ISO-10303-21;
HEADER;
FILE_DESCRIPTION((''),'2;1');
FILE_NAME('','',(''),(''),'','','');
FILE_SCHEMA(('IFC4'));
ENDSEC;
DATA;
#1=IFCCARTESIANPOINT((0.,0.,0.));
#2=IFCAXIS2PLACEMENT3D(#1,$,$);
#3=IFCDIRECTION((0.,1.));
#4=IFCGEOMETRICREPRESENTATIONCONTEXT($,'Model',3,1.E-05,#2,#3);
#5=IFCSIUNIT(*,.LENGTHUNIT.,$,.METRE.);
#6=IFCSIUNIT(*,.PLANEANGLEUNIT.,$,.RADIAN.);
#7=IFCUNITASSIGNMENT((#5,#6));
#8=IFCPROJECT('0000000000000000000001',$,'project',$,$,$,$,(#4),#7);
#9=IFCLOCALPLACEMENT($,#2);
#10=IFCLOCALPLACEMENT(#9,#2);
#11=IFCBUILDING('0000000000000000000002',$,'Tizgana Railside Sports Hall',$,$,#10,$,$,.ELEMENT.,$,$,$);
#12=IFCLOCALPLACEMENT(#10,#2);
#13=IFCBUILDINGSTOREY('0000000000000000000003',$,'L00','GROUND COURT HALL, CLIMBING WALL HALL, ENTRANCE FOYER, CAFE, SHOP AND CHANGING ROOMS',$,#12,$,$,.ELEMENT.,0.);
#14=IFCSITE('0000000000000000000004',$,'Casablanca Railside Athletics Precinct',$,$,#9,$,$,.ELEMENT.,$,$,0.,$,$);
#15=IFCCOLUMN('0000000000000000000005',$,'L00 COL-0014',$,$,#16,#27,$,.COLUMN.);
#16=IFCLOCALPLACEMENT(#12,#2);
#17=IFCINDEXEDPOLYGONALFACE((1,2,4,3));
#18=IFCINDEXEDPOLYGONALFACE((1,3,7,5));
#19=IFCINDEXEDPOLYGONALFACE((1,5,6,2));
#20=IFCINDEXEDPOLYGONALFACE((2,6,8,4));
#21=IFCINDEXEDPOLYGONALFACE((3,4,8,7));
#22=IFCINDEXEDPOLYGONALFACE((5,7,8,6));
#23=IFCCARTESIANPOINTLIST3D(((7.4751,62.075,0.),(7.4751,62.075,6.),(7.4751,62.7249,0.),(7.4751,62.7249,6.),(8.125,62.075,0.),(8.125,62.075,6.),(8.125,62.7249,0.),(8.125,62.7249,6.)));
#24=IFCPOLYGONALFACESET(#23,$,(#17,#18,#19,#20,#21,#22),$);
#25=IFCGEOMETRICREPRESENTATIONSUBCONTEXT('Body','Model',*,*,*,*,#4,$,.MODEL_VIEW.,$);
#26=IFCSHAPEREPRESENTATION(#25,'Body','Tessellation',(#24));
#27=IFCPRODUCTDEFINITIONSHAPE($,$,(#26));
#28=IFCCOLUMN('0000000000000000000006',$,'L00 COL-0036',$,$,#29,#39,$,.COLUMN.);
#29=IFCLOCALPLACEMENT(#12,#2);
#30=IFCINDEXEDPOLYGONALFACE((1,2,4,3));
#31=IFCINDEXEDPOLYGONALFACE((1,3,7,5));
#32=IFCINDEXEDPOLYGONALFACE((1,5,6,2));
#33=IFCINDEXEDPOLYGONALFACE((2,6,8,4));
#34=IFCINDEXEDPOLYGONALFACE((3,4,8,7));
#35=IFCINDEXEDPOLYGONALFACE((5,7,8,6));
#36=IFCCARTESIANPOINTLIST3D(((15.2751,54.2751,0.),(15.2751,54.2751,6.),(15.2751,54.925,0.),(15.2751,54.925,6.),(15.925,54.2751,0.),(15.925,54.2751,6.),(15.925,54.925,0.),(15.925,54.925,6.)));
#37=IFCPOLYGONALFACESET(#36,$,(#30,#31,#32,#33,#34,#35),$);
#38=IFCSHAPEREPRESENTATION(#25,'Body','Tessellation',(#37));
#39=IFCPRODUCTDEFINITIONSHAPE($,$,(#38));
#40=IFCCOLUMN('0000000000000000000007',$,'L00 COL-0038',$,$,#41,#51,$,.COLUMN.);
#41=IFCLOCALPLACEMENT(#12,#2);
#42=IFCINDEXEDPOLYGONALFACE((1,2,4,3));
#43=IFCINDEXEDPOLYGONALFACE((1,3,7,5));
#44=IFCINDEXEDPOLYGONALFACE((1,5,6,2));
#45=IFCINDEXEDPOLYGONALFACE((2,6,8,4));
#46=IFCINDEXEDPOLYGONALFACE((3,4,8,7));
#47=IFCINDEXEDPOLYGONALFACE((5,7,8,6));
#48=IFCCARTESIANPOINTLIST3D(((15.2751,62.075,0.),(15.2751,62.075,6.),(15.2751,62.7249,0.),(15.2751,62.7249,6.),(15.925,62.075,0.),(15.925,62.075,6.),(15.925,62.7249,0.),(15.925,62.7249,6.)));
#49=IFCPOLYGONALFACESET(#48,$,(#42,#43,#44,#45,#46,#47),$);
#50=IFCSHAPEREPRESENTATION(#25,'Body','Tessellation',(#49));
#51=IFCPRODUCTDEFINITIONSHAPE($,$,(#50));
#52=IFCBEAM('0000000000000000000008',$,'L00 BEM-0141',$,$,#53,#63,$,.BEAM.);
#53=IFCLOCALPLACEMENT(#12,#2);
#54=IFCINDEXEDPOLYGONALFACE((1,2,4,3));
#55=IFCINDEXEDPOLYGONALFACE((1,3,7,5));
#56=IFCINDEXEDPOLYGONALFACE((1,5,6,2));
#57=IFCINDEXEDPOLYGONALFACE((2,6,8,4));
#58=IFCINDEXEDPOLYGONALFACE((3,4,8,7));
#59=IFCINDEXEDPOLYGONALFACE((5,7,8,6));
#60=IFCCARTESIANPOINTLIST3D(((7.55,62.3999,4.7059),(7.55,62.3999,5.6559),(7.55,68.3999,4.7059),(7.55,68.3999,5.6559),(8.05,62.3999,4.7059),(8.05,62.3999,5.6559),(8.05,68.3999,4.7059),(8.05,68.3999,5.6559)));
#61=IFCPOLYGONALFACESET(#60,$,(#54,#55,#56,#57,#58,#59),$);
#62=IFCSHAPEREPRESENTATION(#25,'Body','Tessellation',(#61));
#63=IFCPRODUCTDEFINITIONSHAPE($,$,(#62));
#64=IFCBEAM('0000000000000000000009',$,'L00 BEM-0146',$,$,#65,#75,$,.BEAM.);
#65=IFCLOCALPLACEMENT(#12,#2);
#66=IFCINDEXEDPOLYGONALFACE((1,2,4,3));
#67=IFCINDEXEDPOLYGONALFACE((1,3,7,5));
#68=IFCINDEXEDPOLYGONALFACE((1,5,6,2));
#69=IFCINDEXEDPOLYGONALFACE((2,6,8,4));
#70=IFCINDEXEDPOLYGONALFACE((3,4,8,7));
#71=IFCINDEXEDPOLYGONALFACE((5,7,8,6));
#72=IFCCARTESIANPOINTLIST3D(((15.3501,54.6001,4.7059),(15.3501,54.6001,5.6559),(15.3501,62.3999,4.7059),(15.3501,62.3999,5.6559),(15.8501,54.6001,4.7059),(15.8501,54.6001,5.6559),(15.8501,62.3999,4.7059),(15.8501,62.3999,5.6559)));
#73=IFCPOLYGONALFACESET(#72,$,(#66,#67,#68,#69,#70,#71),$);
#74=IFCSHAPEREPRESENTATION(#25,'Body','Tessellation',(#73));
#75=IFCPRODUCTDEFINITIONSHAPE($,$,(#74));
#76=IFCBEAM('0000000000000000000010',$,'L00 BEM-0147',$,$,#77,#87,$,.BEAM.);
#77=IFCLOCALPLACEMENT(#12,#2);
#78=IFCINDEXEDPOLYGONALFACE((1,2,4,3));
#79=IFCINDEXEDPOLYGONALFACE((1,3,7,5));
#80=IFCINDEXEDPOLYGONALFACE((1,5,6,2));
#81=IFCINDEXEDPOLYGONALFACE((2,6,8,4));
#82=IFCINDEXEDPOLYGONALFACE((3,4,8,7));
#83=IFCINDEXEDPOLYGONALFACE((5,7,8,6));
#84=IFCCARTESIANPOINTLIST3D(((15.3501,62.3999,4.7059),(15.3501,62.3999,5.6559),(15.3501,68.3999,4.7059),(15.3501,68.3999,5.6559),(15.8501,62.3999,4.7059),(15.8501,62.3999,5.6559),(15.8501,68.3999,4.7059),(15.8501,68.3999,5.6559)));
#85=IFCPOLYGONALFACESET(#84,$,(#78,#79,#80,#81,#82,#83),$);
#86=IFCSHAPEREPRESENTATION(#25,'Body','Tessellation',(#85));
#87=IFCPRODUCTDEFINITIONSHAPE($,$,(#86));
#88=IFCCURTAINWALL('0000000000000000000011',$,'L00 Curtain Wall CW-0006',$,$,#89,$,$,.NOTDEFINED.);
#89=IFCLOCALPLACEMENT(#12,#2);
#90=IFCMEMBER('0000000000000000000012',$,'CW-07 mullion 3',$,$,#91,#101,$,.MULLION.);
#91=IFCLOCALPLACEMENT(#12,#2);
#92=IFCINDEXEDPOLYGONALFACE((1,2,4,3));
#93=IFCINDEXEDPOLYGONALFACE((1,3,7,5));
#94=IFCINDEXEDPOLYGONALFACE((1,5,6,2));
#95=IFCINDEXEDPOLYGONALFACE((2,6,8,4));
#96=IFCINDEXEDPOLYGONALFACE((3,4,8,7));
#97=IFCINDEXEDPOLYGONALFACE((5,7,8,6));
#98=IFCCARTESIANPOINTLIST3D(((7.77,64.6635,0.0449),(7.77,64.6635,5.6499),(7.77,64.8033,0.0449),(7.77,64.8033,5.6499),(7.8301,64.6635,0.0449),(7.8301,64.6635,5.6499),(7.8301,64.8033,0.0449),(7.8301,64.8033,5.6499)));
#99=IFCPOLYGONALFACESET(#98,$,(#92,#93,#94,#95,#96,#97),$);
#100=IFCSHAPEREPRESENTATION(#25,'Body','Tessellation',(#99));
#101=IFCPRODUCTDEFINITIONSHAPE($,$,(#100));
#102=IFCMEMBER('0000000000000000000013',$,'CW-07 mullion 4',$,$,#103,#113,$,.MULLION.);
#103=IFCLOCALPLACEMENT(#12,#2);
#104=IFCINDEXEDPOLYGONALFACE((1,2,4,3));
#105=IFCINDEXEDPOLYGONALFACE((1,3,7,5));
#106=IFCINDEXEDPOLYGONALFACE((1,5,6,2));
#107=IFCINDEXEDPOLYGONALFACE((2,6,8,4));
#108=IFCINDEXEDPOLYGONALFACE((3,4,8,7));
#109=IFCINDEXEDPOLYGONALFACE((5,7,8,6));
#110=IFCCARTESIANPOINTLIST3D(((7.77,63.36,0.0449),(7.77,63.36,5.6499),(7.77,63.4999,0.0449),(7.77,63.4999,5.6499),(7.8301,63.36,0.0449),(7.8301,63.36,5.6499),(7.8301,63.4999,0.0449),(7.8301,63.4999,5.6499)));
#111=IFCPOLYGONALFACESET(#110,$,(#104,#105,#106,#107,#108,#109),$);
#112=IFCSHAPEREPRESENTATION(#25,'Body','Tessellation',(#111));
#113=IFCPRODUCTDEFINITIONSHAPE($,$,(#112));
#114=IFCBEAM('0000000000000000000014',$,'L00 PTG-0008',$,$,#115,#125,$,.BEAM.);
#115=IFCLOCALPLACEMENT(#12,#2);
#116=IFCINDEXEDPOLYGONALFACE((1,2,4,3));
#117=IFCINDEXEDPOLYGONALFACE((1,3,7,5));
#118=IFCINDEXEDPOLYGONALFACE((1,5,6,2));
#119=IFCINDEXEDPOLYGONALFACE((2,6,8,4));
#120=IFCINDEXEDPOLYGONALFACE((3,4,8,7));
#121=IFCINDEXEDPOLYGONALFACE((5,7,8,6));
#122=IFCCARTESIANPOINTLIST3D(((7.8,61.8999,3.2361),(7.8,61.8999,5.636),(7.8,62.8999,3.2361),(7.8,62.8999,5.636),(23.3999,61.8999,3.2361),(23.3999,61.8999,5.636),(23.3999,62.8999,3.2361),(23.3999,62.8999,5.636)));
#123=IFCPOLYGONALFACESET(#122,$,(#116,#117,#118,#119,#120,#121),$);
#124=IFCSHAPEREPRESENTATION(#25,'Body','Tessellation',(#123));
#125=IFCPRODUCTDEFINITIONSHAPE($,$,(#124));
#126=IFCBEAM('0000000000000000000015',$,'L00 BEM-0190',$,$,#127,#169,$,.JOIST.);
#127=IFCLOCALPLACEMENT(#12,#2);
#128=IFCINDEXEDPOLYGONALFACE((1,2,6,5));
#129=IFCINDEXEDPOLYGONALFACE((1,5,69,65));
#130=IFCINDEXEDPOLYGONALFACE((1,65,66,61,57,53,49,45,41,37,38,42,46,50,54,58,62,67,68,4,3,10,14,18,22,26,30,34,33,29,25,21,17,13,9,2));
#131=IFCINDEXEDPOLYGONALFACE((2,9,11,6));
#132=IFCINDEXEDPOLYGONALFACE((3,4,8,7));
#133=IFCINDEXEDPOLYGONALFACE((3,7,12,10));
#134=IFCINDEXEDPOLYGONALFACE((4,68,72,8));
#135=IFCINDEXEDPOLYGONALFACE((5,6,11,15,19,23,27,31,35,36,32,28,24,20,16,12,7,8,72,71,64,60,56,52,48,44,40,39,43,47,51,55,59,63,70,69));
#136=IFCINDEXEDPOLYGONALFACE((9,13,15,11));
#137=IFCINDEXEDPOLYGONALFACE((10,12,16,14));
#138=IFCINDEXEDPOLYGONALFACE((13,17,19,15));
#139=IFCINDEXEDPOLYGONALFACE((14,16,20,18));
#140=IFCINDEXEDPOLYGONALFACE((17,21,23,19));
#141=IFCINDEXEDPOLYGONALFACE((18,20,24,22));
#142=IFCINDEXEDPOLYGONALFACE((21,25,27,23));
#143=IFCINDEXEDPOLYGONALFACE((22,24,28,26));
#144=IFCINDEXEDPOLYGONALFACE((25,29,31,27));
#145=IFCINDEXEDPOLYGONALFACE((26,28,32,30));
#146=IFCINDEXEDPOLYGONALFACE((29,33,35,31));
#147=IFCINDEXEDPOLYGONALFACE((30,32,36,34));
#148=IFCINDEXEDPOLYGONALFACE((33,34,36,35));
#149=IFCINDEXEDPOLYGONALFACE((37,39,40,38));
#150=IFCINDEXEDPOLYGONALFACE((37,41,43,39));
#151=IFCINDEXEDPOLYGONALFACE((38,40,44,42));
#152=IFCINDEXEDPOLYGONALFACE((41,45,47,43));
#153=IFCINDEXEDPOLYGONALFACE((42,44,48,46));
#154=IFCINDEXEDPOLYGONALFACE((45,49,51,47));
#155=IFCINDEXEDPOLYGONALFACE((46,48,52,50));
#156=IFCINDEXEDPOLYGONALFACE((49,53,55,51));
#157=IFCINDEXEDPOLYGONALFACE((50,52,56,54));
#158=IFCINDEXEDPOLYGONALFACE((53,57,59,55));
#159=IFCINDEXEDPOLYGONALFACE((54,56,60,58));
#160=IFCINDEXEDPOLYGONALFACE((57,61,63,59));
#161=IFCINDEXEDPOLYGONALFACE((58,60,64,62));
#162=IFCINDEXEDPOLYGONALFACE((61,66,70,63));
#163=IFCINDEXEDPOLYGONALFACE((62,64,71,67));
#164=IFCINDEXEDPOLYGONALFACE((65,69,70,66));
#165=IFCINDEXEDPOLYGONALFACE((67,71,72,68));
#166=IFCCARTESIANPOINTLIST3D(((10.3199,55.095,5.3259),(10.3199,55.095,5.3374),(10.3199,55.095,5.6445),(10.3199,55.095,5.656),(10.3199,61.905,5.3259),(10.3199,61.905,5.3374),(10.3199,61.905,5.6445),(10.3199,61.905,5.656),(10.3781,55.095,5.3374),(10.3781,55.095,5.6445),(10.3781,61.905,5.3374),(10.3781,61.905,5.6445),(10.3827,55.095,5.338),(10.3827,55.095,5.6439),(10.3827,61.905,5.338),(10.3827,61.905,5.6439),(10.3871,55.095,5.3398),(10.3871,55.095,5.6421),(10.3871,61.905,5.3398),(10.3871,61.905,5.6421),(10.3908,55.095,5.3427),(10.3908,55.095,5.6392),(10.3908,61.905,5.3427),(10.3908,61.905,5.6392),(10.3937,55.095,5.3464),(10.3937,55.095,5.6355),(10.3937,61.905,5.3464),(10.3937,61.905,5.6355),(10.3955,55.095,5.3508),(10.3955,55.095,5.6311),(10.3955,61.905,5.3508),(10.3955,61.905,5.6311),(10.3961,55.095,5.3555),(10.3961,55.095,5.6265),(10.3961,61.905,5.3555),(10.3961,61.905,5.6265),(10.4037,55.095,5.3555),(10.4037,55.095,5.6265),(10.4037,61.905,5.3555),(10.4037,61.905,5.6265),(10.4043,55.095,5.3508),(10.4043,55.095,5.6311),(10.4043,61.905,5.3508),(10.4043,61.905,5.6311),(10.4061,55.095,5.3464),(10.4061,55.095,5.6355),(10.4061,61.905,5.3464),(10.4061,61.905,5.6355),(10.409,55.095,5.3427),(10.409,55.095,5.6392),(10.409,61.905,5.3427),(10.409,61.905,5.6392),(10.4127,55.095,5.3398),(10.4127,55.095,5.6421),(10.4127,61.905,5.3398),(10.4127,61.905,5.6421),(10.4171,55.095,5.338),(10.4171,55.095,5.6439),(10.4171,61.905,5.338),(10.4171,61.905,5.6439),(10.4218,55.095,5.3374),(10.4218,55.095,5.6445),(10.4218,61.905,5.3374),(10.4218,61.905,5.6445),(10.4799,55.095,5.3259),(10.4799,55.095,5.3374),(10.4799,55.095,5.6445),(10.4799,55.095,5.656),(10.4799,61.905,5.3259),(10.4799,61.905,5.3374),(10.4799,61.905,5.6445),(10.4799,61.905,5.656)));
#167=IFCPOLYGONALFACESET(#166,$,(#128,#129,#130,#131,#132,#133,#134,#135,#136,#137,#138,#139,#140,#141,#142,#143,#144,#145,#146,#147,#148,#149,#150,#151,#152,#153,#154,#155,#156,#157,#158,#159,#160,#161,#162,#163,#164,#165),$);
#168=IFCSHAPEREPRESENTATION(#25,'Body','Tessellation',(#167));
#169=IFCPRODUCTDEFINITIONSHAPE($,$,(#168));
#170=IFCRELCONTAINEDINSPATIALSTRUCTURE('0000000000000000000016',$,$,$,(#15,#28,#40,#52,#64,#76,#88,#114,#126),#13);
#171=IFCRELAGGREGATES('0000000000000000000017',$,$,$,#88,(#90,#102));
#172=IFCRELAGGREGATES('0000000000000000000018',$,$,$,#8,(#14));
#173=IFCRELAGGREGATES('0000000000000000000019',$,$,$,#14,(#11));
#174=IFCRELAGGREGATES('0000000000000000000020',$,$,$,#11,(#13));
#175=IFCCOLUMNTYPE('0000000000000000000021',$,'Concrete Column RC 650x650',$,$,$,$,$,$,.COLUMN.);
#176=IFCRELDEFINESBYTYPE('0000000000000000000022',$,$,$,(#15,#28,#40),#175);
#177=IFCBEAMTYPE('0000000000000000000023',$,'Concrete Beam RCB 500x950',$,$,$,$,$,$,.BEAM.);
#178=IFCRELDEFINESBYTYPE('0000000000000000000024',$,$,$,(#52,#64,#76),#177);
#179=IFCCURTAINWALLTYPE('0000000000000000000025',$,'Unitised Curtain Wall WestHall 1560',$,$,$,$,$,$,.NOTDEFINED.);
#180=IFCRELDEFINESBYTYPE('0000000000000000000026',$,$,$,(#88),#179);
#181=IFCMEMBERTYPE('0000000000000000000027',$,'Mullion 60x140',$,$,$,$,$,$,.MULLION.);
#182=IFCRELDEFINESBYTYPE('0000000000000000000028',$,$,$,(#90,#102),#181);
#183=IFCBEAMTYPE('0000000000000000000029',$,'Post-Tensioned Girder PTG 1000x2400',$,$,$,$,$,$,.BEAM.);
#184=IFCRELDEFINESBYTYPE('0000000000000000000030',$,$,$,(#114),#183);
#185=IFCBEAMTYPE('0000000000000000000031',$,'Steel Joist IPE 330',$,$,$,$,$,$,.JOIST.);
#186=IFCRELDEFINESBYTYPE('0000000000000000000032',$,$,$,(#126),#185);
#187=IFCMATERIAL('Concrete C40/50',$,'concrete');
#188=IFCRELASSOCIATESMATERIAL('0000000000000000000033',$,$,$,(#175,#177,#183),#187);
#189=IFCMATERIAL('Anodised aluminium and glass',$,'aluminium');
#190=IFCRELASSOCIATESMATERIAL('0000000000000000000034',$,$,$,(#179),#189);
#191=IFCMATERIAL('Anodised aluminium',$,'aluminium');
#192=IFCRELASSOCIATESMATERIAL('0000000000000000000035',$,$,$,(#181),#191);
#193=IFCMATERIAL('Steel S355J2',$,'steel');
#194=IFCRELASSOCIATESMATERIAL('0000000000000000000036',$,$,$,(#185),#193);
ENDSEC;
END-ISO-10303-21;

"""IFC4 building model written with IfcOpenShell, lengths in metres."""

from ifc_helpers import new_model, si_unit, direction, frame, origin, origin_2d, place, context, subcontext, project, spatial, rectangle, i_section, extrude, material, material_profile, profile_set, type_object, element, aggregate, save


model = new_model("IFC4")

# Units and contexts
model_context = context("Model", 3, precision=1e-05, world=origin(), true_north=direction((0.0, 1.0)))
body_context = subcontext(model_context, "Body", "Model", "MODEL_VIEW")
ifc_project = project(units=[si_unit("LENGTHUNIT", "METRE"), si_unit("PLANEANGLEUNIT", "RADIAN")], contexts=[model_context])

# Site, building, storey
site_placement = place(None, origin())
site = spatial("IfcSite", under=ifc_project, at=site_placement, Name="Casablanca Railside Athletics Precinct", CompositionType="ELEMENT", RefElevation=0.0)
building_placement = place(site_placement, origin())
building = spatial("IfcBuilding", under=site, at=building_placement, Name="Tizgana Railside Sports Hall", CompositionType="ELEMENT")
storey_placement = place(building_placement, origin())
storey = spatial("IfcBuildingStorey", under=building, at=storey_placement, Name="L00", Description="GROUND COURT HALL, CLIMBING WALL HALL, ENTRANCE FOYER, CAFE, SHOP AND CHANGING ROOMS", CompositionType="ELEMENT", Elevation=0.0)

# Columns
ifc_material_1 = material(Name="Concrete C40/50", Category="concrete")
ifc_material_profile_1 = material_profile(ifc_material_1, rectangle(XDim=0.6499, YDim=0.6499, at=origin_2d()), Name="RC 650x650")
ifc_profile_set_1 = profile_set([ifc_material_profile_1], Name="Concrete C40/50")
column_type = type_object("IfcColumnType", Name="Concrete Column RC 650x650", PredefinedType="COLUMN", material=ifc_profile_set_1)
for number, where, z_axis, x_axis, name in (
    (1, (7.8, 62.3999, 0.0), (0.0, 0.0, 1.0), (1.0, 0.0, 0.0), "L00 COL-0014"),
    (2, (15.6001, 54.6001, 0.0), (0.0, 0.0, 1.0), (1.0, 0.0, 0.0), "L00 COL-0036"),
    (3, (15.6001, 62.3999, 0.0), (0.0, 0.0, 1.0), (1.0, 0.0, 0.0), "L00 COL-0038"),
):
    element("IfcColumn", number, at=place(storey_placement, frame(where, z_axis=z_axis, x_axis=x_axis)), inside=storey, type_object=column_type, Name=name, PredefinedType="COLUMN", context=body_context, shape_type="SweptSolid", body=[
        extrude(rectangle(XDim=0.6499, YDim=0.6499, at=origin_2d()), origin(), (0.0, 0.0, 1.0), 6.0),
    ])

# Beams
ifc_material_profile_2 = material_profile(ifc_material_1, rectangle(XDim=0.5, YDim=0.95, at=origin_2d()), Name="RCB 500x950")
ifc_profile_set_2 = profile_set([ifc_material_profile_2], Name="Concrete C40/50")
beam_type_1 = type_object("IfcBeamType", Name="Concrete Beam RCB 500x950", PredefinedType="BEAM", material=ifc_profile_set_2)
beam_1_placement = place(storey_placement, frame((7.8, 62.3999, 5.1809), z_axis=(0.0, 1.0, 0.0), x_axis=(-1.0, 0.0, 0.0)))
element("IfcBeam", 4, at=beam_1_placement, inside=storey, type_object=beam_type_1, Name="L00 BEM-0141", PredefinedType="BEAM", context=body_context, shape_type="SweptSolid", body=[
    extrude(rectangle(XDim=0.5, YDim=0.95, at=origin_2d()), origin(), (0.0, 0.0, 1.0), 6.0),
])
beam_2_placement = place(storey_placement, frame((15.6001, 54.6001, 5.1809), z_axis=(0.0, 1.0, 0.0), x_axis=(-1.0, 0.0, 0.0)))
element("IfcBeam", 5, at=beam_2_placement, inside=storey, type_object=beam_type_1, Name="L00 BEM-0146", PredefinedType="BEAM", context=body_context, shape_type="SweptSolid", body=[
    extrude(rectangle(XDim=0.5, YDim=0.95, at=origin_2d()), origin(), (0.0, 0.0, 1.0), 7.7998),
])
beam_3_placement = place(storey_placement, frame((15.6001, 62.3999, 5.1809), z_axis=(0.0, 1.0, 0.0), x_axis=(-1.0, 0.0, 0.0)))
element("IfcBeam", 6, at=beam_3_placement, inside=storey, type_object=beam_type_1, Name="L00 BEM-0147", PredefinedType="BEAM", context=body_context, shape_type="SweptSolid", body=[
    extrude(rectangle(XDim=0.5, YDim=0.95, at=origin_2d()), origin(), (0.0, 0.0, 1.0), 6.0),
])

# Curtain wall, members
ifc_material_2 = material(Name="Anodised aluminium and glass", Category="aluminium")
curtain_wall_type = type_object("IfcCurtainWallType", Name="Unitised Curtain Wall WestHall 1560", PredefinedType="NOTDEFINED", material=ifc_material_2)
curtain_wall_placement = place(storey_placement, origin())
curtain_wall = element("IfcCurtainWall", 7, at=curtain_wall_placement, inside=storey, type_object=curtain_wall_type, Name="L00 Curtain Wall CW-0006", PredefinedType="NOTDEFINED")
ifc_material_3 = material(Name="Anodised aluminium", Category="aluminium")
ifc_material_profile_3 = material_profile(ifc_material_3, rectangle(XDim=0.0601, YDim=0.1399, at=origin_2d()), Name="Mullion 60x140")
ifc_profile_set_3 = profile_set([ifc_material_profile_3], Name="Anodised aluminium")
member_type_1 = type_object("IfcMemberType", Name="Mullion 60x140", PredefinedType="MULLION", material=ifc_profile_set_3)
member_1_placement = place(storey_placement, frame((7.8, 64.7334, 0.0449), z_axis=(0.0, 0.0, 1.0), x_axis=(1.0, 0.0, 0.0)))
member_1 = element("IfcMember", 8, at=member_1_placement, type_object=member_type_1, Name="CW-07 mullion 3", PredefinedType="MULLION", context=body_context, shape_type="SweptSolid", body=[
    extrude(rectangle(XDim=0.0601, YDim=0.1399, at=origin_2d()), origin(), (0.0, 0.0, 1.0), 5.605),
])
member_2_placement = place(storey_placement, frame((7.8, 63.4299, 0.0449), z_axis=(0.0, 0.0, 1.0), x_axis=(1.0, 0.0, 0.0)))
member_2 = element("IfcMember", 9, at=member_2_placement, type_object=member_type_1, Name="CW-07 mullion 4", PredefinedType="MULLION", context=body_context, shape_type="SweptSolid", body=[
    extrude(rectangle(XDim=0.0601, YDim=0.1399, at=origin_2d()), origin(), (0.0, 0.0, 1.0), 5.605),
])

# Beams
ifc_material_profile_4 = material_profile(ifc_material_1, rectangle(XDim=1.0, YDim=2.3999, at=origin_2d()), Name="PTG 1000x2400")
ifc_profile_set_4 = profile_set([ifc_material_profile_4], Name="Concrete C40/50")
beam_type_2 = type_object("IfcBeamType", Name="Post-Tensioned Girder PTG 1000x2400", PredefinedType="BEAM", material=ifc_profile_set_4)
beam_4_placement = place(storey_placement, frame((7.8, 62.3999, 4.436), z_axis=(1.0, 0.0, 0.0), x_axis=(0.0, 1.0, 0.0)))
element("IfcBeam", 10, at=beam_4_placement, inside=storey, type_object=beam_type_2, Name="L00 PTG-0008", PredefinedType="BEAM", context=body_context, shape_type="SweptSolid", body=[
    extrude(rectangle(XDim=1.0, YDim=2.3999, at=origin_2d()), origin(), (0.0, 0.0, 1.0), 15.5999),
])
ifc_material_4 = material(Name="Steel S355J2", Category="steel")
ifc_material_profile_5 = material_profile(ifc_material_4, i_section(OverallWidth=0.1599, OverallDepth=0.3301, WebThickness=0.0076, FlangeThickness=0.0115, FilletRadius=0.0181, at=origin_2d()), Name="IPE 330")
ifc_profile_set_5 = profile_set([ifc_material_profile_5], Name="Steel S355J2")
beam_type_3 = type_object("IfcBeamType", Name="Steel Joist IPE 330", PredefinedType="JOIST", material=ifc_profile_set_5)
beam_5_placement = place(storey_placement, frame((10.3999, 55.095, 5.491), z_axis=(0.0, 1.0, 0.0), x_axis=(-1.0, 0.0, 0.0)))
element("IfcBeam", 11, at=beam_5_placement, inside=storey, type_object=beam_type_3, Name="L00 BEM-0190", PredefinedType="JOIST", context=body_context, shape_type="SweptSolid", body=[
    extrude(i_section(OverallWidth=0.1599, OverallDepth=0.3301, WebThickness=0.0076, FlangeThickness=0.0115, FilletRadius=0.0181, at=origin_2d()), origin(), (0.0, 0.0, 1.0), 6.8101),
])

aggregate(curtain_wall, [member_1, member_2])

save(model, "model.ifc")
